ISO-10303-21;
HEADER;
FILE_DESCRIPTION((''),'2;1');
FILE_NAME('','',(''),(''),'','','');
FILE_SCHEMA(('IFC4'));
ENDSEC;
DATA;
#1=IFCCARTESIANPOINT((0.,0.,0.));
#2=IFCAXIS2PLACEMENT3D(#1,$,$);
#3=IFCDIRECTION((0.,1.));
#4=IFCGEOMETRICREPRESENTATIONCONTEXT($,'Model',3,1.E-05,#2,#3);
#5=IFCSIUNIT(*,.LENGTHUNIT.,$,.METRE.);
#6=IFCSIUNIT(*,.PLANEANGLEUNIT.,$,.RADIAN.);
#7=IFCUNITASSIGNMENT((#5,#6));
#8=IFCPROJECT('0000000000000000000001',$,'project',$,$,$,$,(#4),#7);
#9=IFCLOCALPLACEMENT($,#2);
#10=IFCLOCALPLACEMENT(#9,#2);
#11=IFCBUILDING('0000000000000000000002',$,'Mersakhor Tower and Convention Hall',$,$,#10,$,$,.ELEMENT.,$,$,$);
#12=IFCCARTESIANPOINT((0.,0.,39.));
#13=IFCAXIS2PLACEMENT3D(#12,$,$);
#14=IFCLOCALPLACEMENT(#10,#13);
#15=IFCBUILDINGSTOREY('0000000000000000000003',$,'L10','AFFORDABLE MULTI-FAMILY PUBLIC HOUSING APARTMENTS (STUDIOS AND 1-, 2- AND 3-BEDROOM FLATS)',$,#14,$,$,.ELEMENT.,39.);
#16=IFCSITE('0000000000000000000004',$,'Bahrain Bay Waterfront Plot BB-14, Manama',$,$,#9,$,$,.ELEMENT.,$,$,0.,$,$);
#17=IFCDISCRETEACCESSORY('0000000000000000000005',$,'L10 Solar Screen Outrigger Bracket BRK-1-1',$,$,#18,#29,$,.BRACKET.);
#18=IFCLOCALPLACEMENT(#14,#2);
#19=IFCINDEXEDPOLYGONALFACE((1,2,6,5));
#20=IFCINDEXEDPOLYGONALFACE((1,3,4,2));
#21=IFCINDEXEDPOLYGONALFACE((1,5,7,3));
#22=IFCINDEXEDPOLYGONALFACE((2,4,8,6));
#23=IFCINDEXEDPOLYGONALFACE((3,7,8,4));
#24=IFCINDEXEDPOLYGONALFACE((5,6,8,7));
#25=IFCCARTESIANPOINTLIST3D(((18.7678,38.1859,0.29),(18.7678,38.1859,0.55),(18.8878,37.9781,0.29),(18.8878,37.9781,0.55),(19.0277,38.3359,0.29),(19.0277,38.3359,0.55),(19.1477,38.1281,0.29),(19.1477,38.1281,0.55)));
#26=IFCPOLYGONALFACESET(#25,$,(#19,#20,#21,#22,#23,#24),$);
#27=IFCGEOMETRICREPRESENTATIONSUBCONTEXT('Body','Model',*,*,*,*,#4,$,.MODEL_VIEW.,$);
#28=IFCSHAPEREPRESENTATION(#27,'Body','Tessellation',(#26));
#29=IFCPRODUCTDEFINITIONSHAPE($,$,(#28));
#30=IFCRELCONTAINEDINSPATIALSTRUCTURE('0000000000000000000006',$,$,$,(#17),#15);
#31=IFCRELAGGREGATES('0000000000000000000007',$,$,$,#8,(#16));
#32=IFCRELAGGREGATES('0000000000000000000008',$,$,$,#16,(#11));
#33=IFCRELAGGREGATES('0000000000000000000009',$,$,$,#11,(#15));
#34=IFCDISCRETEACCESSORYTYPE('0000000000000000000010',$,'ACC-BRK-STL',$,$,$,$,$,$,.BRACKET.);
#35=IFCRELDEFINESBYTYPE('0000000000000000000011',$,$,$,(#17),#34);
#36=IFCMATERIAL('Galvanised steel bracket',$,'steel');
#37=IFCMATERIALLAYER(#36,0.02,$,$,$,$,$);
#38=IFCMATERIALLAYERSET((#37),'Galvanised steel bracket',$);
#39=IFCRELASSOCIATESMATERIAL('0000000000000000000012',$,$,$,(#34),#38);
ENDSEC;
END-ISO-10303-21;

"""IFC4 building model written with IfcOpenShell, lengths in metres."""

from ifc_helpers import new_model, si_unit, direction, frame, origin, origin_2d, place, context, subcontext, project, spatial, rectangle, extrude, material, layer, layer_set, type_object, element, save


model = new_model("IFC4")

# Units and contexts
model_context = context("Model", 3, precision=1e-05, world=origin(), true_north=direction((0.0, 1.0)))
body_context = subcontext(model_context, "Body", "Model", "MODEL_VIEW")
ifc_project = project(units=[si_unit("LENGTHUNIT", "METRE"), si_unit("PLANEANGLEUNIT", "RADIAN")], contexts=[model_context])

# Site, building, storey
site_placement = place(None, origin())
site = spatial("IfcSite", under=ifc_project, at=site_placement, Name="Bahrain Bay Waterfront Plot BB-14, Manama", CompositionType="ELEMENT", RefElevation=0.0)
building_placement = place(site_placement, origin())
building = spatial("IfcBuilding", under=site, at=building_placement, Name="Mersakhor Tower and Convention Hall", CompositionType="ELEMENT")
storey_placement = place(building_placement, frame((0.0, 0.0, 39.0)))
storey = spatial("IfcBuildingStorey", under=building, at=storey_placement, Name="L10", Description="AFFORDABLE MULTI-FAMILY PUBLIC HOUSING APARTMENTS (STUDIOS AND 1-, 2- AND 3-BEDROOM FLATS)", CompositionType="ELEMENT", Elevation=39.0)

# Discrete accessory
ifc_material_1 = material(Name="Galvanised steel bracket", Category="steel")
ifc_layer_1 = layer(ifc_material_1, 0.02)
ifc_layer_set_1 = layer_set([ifc_layer_1], Name="Galvanised steel bracket")
discrete_accessory_type = type_object("IfcDiscreteAccessoryType", Name="ACC-BRK-STL", PredefinedType="BRACKET", material=ifc_layer_set_1)
discrete_accessory_placement = place(storey_placement, frame((18.9578, 38.157, 0.29), z_axis=(0.0, 0.0, 1.0), x_axis=(0.866025, 0.5, 0.0)))
element("IfcDiscreteAccessory", 1, at=discrete_accessory_placement, inside=storey, type_object=discrete_accessory_type, Name="L10 Solar Screen Outrigger Bracket BRK-1-1", PredefinedType="BRACKET", context=body_context, shape_type="SweptSolid", body=[
    extrude(rectangle(XDim=0.3, YDim=0.24, at=origin_2d()), origin(), (0.0, 0.0, 1.0), 0.26),
])

save(model, "model.ifc")
